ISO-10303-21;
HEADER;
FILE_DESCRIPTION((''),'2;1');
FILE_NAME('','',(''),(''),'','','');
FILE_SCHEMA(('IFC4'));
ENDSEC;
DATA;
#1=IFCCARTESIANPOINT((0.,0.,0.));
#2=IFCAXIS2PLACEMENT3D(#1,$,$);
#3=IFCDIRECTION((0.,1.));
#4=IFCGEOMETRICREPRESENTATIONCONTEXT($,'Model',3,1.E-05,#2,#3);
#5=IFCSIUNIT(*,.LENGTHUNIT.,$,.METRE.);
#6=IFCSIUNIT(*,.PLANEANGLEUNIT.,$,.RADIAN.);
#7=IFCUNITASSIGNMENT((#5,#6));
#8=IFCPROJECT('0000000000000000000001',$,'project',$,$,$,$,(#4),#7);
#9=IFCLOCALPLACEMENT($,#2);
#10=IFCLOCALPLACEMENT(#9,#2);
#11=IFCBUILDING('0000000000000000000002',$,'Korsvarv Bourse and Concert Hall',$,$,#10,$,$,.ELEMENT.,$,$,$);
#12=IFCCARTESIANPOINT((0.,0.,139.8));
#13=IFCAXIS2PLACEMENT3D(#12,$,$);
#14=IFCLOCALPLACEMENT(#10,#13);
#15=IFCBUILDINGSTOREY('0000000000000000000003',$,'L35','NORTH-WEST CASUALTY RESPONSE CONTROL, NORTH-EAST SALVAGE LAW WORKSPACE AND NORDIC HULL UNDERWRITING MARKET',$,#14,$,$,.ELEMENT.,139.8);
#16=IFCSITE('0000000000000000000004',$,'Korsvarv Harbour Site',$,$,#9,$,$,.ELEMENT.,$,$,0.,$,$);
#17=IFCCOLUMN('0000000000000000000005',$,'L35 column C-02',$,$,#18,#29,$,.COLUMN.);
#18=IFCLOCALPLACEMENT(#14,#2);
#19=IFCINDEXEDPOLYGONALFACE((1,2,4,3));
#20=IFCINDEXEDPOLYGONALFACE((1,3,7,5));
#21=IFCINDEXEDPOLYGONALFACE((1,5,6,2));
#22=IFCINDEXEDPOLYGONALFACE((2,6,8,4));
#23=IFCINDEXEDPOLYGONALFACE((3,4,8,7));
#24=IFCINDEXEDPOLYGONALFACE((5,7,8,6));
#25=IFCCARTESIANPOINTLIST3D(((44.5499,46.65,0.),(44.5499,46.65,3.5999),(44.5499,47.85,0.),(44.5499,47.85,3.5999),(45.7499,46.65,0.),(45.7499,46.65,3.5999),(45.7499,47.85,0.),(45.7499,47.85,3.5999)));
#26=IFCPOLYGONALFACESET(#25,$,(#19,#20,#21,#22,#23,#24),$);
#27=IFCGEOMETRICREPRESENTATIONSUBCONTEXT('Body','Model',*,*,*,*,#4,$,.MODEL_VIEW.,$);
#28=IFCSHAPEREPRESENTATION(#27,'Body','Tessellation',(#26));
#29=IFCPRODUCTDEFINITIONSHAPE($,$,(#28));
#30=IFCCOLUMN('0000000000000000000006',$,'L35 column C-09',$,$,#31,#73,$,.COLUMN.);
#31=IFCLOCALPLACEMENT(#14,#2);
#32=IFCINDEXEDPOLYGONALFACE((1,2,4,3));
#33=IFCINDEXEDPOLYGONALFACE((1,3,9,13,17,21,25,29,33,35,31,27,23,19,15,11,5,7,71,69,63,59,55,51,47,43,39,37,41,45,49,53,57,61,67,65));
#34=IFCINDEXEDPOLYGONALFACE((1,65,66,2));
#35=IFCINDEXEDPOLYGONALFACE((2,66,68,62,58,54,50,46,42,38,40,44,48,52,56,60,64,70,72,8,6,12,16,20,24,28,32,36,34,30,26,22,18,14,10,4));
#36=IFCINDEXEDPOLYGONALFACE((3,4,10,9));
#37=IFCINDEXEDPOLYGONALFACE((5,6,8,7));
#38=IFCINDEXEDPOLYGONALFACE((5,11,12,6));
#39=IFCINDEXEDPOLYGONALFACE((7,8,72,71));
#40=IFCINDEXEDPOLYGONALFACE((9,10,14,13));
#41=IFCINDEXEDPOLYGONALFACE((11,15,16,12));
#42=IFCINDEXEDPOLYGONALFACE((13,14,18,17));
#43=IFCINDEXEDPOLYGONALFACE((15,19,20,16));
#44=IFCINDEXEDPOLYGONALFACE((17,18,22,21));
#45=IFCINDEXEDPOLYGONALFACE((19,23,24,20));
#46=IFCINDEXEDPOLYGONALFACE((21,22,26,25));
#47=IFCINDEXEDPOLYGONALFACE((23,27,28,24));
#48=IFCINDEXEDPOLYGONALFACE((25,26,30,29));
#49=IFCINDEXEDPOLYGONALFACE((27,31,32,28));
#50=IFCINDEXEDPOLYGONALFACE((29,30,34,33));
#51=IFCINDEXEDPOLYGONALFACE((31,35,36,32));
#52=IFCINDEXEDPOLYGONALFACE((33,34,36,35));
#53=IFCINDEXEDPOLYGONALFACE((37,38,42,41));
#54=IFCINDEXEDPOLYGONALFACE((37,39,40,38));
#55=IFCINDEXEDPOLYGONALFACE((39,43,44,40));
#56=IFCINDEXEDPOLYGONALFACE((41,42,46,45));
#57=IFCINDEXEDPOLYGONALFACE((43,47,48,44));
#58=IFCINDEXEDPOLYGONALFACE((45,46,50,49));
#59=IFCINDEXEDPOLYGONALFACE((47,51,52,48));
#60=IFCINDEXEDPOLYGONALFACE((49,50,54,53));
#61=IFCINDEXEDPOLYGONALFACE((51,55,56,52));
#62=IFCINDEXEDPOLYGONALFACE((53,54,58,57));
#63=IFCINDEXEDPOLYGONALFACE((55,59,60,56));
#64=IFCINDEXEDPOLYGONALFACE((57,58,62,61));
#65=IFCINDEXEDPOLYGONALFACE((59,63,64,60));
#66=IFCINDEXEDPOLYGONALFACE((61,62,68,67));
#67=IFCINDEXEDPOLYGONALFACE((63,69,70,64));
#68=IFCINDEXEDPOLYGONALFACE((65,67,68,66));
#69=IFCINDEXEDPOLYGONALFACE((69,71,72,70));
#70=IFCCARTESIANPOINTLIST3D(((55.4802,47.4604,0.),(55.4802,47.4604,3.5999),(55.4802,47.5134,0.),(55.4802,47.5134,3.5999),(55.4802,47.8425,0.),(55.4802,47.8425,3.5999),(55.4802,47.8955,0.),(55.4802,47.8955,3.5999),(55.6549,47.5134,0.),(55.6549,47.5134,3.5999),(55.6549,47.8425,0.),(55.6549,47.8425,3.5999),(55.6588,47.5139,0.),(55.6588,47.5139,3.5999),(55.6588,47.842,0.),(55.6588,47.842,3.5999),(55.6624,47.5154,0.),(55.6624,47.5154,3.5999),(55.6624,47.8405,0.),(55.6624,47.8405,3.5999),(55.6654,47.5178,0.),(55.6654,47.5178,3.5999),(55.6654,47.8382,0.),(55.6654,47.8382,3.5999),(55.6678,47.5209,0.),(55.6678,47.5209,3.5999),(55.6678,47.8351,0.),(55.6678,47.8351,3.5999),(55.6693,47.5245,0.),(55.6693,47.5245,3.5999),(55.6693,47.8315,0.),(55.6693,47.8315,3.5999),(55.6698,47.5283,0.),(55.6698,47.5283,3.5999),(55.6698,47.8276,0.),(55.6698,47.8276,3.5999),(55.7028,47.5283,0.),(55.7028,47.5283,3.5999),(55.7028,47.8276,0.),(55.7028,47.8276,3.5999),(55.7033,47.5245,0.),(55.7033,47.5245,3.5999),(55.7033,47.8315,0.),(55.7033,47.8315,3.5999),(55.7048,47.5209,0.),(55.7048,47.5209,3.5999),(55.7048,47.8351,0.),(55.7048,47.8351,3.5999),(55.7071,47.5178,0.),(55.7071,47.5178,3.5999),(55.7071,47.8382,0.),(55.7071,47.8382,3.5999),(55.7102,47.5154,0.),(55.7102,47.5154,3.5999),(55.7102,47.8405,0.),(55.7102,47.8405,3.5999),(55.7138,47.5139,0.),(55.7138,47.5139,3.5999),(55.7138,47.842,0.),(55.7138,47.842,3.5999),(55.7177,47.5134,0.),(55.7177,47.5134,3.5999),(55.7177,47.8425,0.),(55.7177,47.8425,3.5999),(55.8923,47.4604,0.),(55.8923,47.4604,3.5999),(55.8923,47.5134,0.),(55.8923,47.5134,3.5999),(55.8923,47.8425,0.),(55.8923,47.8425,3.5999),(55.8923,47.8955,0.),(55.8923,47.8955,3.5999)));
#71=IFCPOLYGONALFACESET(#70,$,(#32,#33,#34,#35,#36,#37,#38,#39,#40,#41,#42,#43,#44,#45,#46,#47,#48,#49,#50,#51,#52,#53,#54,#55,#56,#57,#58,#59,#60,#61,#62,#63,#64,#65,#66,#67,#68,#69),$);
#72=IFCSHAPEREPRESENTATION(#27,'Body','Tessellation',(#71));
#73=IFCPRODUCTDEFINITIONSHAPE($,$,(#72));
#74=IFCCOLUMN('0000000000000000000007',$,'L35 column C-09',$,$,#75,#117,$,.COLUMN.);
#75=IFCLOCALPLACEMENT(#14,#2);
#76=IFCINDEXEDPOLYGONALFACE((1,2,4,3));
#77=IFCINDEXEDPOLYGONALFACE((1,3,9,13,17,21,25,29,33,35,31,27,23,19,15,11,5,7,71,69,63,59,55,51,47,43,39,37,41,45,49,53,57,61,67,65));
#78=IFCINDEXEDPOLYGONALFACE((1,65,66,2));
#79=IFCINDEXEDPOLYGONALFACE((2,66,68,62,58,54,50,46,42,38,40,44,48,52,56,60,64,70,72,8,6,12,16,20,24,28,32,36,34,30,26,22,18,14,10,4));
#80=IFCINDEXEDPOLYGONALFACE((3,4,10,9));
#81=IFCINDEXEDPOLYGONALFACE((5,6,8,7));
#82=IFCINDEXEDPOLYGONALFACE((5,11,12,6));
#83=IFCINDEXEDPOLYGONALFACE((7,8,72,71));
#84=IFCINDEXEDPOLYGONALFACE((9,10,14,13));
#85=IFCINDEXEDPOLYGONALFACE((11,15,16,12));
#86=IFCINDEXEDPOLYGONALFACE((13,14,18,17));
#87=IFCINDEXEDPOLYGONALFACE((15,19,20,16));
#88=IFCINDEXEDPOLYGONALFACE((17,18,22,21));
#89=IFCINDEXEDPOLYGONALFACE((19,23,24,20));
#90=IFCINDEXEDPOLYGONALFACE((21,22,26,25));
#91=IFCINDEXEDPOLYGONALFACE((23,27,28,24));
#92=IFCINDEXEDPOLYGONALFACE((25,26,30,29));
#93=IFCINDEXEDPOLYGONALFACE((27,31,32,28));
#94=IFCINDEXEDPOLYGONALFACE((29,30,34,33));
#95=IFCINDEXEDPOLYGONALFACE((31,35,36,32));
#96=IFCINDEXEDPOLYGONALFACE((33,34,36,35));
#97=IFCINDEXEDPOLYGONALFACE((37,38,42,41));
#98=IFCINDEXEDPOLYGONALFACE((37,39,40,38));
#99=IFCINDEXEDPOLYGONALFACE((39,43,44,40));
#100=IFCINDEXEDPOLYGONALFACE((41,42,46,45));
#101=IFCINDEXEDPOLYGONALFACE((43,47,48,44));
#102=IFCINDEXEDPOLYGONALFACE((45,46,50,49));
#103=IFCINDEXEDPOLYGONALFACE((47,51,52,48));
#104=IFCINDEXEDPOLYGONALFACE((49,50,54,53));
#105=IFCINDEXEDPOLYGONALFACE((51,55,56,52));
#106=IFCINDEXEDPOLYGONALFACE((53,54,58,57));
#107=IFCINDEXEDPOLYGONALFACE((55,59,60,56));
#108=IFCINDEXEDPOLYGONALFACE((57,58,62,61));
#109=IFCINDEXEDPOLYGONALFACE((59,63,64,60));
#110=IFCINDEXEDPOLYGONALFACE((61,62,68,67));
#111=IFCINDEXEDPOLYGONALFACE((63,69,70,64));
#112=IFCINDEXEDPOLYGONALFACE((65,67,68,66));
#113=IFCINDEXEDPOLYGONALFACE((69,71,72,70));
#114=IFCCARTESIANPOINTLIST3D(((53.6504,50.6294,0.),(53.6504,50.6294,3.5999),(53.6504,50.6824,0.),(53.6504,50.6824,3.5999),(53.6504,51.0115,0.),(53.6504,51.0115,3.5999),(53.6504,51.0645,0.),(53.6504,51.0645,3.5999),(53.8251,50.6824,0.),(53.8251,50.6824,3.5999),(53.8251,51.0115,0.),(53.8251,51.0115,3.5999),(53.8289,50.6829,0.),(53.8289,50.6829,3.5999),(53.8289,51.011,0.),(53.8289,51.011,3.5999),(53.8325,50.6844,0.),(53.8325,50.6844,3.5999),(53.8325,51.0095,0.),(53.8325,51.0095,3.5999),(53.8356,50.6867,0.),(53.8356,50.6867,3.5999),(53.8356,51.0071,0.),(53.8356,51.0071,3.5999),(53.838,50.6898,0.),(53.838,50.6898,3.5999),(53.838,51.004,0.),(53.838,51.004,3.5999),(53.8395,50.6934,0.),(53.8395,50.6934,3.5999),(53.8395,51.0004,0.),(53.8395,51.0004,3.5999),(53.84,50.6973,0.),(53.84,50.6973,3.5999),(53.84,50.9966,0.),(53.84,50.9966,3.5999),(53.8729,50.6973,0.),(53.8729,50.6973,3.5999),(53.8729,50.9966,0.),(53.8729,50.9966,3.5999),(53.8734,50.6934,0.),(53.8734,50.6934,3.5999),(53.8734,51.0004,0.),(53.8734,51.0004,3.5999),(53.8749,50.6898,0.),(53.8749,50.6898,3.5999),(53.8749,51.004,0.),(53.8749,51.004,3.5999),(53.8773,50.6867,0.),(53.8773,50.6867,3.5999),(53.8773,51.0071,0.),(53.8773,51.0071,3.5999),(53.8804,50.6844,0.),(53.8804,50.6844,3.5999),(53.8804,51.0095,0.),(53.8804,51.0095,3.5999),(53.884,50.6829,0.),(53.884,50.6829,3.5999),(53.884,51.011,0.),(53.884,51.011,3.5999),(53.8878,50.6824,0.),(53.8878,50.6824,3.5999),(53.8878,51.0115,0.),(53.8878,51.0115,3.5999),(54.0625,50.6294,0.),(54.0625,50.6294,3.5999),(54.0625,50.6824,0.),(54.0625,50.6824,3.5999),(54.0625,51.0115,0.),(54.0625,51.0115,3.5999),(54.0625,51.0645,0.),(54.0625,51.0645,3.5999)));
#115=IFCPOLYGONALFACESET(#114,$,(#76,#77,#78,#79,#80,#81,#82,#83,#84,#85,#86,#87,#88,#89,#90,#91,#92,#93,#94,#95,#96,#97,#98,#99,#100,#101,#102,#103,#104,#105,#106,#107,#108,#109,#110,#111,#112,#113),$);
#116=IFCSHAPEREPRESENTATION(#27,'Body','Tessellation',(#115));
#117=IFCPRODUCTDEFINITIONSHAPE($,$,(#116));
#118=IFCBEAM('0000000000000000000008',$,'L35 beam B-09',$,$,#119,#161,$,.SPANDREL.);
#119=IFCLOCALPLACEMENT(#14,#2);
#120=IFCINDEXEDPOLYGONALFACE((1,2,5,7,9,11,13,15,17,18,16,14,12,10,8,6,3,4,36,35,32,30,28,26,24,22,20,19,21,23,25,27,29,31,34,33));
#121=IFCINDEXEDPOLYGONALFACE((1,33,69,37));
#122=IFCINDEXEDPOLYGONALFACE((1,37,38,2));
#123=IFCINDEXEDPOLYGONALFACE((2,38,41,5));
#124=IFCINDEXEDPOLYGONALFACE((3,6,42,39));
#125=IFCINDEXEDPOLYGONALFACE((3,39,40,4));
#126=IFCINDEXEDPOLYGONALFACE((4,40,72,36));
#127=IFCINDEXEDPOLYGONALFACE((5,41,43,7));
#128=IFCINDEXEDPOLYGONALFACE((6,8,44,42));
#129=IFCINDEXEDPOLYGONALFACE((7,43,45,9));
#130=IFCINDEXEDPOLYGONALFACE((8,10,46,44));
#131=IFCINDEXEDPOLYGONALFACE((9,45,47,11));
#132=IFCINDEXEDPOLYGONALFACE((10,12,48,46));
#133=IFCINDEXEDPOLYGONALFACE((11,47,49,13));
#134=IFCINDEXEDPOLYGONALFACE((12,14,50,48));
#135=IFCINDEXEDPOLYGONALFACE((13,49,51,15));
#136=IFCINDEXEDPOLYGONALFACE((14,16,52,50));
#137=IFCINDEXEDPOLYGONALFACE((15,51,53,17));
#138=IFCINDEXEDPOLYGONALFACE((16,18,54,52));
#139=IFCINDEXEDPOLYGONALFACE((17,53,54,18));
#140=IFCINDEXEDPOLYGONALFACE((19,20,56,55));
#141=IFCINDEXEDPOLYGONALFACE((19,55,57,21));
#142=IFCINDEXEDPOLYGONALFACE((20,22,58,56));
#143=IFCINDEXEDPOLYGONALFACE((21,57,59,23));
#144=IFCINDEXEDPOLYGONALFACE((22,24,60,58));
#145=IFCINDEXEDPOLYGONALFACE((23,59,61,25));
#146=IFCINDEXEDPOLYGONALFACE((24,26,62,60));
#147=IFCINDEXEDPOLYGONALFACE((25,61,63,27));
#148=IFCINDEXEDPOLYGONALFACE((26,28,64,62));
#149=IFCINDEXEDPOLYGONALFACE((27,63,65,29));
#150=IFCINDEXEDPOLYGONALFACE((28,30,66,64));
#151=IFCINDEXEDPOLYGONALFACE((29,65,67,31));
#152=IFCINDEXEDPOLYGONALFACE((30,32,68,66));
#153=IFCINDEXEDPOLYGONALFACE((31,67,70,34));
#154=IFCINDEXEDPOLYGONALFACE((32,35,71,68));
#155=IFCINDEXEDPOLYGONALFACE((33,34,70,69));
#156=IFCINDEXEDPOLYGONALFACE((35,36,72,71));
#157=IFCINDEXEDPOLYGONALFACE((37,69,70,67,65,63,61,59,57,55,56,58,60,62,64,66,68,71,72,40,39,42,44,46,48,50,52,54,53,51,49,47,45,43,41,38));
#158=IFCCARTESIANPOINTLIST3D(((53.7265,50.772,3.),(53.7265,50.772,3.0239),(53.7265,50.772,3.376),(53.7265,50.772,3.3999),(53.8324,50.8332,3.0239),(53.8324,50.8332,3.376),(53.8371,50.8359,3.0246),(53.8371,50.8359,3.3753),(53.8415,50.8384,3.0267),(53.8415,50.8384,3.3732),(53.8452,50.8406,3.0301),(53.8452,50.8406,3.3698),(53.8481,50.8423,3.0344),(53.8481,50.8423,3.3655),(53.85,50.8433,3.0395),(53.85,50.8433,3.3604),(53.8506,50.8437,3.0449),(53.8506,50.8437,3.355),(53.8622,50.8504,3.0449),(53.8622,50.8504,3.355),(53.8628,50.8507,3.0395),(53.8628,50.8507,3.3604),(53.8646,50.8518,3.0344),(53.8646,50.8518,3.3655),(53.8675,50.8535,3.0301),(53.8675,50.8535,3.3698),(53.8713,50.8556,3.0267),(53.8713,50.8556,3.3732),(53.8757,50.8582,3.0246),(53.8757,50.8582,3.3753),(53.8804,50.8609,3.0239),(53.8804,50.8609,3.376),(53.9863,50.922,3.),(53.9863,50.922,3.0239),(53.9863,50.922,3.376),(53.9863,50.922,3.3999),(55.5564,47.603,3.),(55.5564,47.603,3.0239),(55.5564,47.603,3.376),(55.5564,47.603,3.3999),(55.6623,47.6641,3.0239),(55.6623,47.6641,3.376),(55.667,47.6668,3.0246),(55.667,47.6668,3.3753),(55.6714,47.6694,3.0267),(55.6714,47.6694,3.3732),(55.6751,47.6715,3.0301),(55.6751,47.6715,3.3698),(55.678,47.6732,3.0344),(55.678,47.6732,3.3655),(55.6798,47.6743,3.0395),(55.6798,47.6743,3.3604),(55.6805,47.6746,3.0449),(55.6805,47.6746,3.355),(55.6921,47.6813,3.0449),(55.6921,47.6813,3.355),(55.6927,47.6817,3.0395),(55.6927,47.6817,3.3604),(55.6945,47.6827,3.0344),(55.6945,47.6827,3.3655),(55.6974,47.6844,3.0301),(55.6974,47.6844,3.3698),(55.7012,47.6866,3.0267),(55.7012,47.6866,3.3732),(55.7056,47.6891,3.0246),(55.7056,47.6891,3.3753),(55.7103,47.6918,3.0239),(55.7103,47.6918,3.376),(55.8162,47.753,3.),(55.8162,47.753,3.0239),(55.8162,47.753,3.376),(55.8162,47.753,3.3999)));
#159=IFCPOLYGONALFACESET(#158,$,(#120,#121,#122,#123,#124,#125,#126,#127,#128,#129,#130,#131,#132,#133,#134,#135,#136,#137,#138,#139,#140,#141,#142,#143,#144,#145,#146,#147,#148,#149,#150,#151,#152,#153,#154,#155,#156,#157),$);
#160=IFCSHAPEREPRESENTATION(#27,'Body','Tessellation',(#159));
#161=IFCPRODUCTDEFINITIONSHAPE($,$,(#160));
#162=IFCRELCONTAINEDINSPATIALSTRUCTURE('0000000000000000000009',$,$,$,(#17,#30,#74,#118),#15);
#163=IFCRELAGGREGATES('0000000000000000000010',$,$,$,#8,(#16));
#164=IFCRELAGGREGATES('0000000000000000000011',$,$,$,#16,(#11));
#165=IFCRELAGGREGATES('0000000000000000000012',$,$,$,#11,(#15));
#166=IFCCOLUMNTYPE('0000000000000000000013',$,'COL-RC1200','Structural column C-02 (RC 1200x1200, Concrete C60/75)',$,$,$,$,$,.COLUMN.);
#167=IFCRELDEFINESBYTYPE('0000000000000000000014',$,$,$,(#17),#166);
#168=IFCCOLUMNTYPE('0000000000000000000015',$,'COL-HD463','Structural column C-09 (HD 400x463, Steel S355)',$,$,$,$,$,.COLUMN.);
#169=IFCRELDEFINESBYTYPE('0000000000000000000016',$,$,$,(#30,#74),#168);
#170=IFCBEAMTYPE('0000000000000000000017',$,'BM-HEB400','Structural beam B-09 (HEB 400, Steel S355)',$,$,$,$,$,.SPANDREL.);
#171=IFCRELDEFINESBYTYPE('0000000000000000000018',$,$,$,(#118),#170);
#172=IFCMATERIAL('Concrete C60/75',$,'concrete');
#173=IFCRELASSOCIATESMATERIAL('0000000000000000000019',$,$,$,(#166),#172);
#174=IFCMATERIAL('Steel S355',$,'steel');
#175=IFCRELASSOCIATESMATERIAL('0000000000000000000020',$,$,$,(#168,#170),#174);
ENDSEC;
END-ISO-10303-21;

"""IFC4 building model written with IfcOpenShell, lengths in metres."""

from ifc_helpers import new_model, si_unit, direction, frame, origin, origin_2d, place, context, subcontext, project, spatial, rectangle, i_section, extrude, source, transform, mapped, material, material_profile, profile_set, type_object, element, save


model = new_model("IFC4")

# Units and contexts
model_context = context("Model", 3, precision=1e-05, world=origin(), true_north=direction((0.0, 1.0)))
body_context = subcontext(model_context, "Body", "Model", "MODEL_VIEW")
ifc_project = project(units=[si_unit("LENGTHUNIT", "METRE"), si_unit("PLANEANGLEUNIT", "RADIAN")], contexts=[model_context])

# Site, building, storey
site_placement = place(None, origin())
site = spatial("IfcSite", under=ifc_project, at=site_placement, Name="Korsvarv Harbour Site", CompositionType="ELEMENT", RefElevation=0.0)
building_placement = place(site_placement, origin())
building = spatial("IfcBuilding", under=site, at=building_placement, Name="Korsvarv Bourse and Concert Hall", CompositionType="ELEMENT")
storey_placement = place(building_placement, frame((0.0, 0.0, 139.8)))
storey = spatial("IfcBuildingStorey", under=building, at=storey_placement, Name="L35", Description="NORTH-WEST CASUALTY RESPONSE CONTROL, NORTH-EAST SALVAGE LAW WORKSPACE AND NORDIC HULL UNDERWRITING MARKET", CompositionType="ELEMENT", Elevation=139.8)

# Columns
ifc_material_1 = material(Name="Concrete C60/75", Category="concrete")
ifc_material_profile_1 = material_profile(ifc_material_1, rectangle(XDim=1.2, YDim=1.2, at=origin_2d()), Name="RC 1200x1200")
ifc_profile_set_1 = profile_set([ifc_material_profile_1], Name="Concrete C60/75")
column_type_1 = type_object("IfcColumnType", Name="COL-RC1200", Description="Structural column C-02 (RC 1200x1200, Concrete C60/75)", PredefinedType="COLUMN", material=ifc_profile_set_1)
shared_shape_1 = source(origin(), body_context, "Body", "SweptSolid", [
    extrude(rectangle(XDim=1.2, YDim=1.2, at=origin_2d()), origin(), (0.0, 0.0, 1.0), 3.5999),
])
column_placement = place(storey_placement, frame((45.1499, 47.25, 0.0), z_axis=(0.0, 0.0, 1.0), x_axis=(1.0, 0.0, 0.0)))
element("IfcColumn", 1, at=column_placement, inside=storey, type_object=column_type_1, Name="L35 column C-02", PredefinedType="COLUMN", context=body_context, shape_type="MappedRepresentation", body=[
    mapped(shared_shape_1, transform((0.0, 0.0, 0.0), scale=1.0)),
])
ifc_material_2 = material(Name="Steel S355", Category="steel")
ifc_material_profile_2 = material_profile(ifc_material_2, i_section(OverallWidth=0.4121, OverallDepth=0.4351, WebThickness=0.033, FlangeThickness=0.053, FilletRadius=0.0149, at=origin_2d()), Name="HD 400x463")
ifc_profile_set_2 = profile_set([ifc_material_profile_2], Name="Steel S355")
column_type_2 = type_object("IfcColumnType", Name="COL-HD463", Description="Structural column C-09 (HD 400x463, Steel S355)", PredefinedType="COLUMN", material=ifc_profile_set_2)
shared_shape_2 = source(origin(), body_context, "Body", "SweptSolid", [
    extrude(i_section(OverallWidth=0.4121, OverallDepth=0.4351, WebThickness=0.033, FlangeThickness=0.053, FilletRadius=0.0149, at=origin_2d()), origin(), (0.0, 0.0, 1.0), 3.5999),
])
for number, where, z_axis, x_axis, name in (
    (2, (55.6863, 47.678, 0.0), (0.0, 0.0, 1.0), (1.0, 0.0, 0.0), "L35 column C-09"),
    (3, (53.8564, 50.8469, 0.0), (0.0, 0.0, 1.0), (1.0, 0.0, 0.0), "L35 column C-09"),
):
    element("IfcColumn", number, at=place(storey_placement, frame(where, z_axis=z_axis, x_axis=x_axis)), inside=storey, type_object=column_type_2, Name=name, PredefinedType="COLUMN", context=body_context, shape_type="MappedRepresentation", body=[
        mapped(shared_shape_2, transform((0.0, 0.0, 0.0), scale=1.0)),
    ])

# Beam
ifc_material_profile_3 = material_profile(ifc_material_2, i_section(OverallWidth=0.3, OverallDepth=0.3999, WebThickness=0.0134, FlangeThickness=0.0239, FilletRadius=0.021, at=origin_2d()), Name="HEB 400")
ifc_profile_set_3 = profile_set([ifc_material_profile_3], Name="Steel S355")
beam_type_1 = type_object("IfcBeamType", Name="BM-HEB400", Description="Structural beam B-09 (HEB 400, Steel S355)", PredefinedType="SPANDREL", material=ifc_profile_set_3)
shared_shape_3 = source(origin(), body_context, "Body", "SweptSolid", [
    extrude(i_section(OverallWidth=0.3, OverallDepth=0.3999, WebThickness=0.0134, FlangeThickness=0.0239, FilletRadius=0.021, at=origin_2d()), origin(), (0.0, 0.0, 1.0), 3.6594),
])
beam_1_placement = place(storey_placement, frame((55.6863, 47.678, 3.2), z_axis=(-0.50005, 0.865997, 0.0), x_axis=(-0.865997, -0.50005, 0.0)))
element("IfcBeam", 4, at=beam_1_placement, inside=storey, type_object=beam_type_1, Name="L35 beam B-09", PredefinedType="SPANDREL", context=body_context, shape_type="MappedRepresentation", body=[
    mapped(shared_shape_3, transform((0.0, 0.0, 0.0), scale=1.0)),
])

save(model, "model.ifc")
